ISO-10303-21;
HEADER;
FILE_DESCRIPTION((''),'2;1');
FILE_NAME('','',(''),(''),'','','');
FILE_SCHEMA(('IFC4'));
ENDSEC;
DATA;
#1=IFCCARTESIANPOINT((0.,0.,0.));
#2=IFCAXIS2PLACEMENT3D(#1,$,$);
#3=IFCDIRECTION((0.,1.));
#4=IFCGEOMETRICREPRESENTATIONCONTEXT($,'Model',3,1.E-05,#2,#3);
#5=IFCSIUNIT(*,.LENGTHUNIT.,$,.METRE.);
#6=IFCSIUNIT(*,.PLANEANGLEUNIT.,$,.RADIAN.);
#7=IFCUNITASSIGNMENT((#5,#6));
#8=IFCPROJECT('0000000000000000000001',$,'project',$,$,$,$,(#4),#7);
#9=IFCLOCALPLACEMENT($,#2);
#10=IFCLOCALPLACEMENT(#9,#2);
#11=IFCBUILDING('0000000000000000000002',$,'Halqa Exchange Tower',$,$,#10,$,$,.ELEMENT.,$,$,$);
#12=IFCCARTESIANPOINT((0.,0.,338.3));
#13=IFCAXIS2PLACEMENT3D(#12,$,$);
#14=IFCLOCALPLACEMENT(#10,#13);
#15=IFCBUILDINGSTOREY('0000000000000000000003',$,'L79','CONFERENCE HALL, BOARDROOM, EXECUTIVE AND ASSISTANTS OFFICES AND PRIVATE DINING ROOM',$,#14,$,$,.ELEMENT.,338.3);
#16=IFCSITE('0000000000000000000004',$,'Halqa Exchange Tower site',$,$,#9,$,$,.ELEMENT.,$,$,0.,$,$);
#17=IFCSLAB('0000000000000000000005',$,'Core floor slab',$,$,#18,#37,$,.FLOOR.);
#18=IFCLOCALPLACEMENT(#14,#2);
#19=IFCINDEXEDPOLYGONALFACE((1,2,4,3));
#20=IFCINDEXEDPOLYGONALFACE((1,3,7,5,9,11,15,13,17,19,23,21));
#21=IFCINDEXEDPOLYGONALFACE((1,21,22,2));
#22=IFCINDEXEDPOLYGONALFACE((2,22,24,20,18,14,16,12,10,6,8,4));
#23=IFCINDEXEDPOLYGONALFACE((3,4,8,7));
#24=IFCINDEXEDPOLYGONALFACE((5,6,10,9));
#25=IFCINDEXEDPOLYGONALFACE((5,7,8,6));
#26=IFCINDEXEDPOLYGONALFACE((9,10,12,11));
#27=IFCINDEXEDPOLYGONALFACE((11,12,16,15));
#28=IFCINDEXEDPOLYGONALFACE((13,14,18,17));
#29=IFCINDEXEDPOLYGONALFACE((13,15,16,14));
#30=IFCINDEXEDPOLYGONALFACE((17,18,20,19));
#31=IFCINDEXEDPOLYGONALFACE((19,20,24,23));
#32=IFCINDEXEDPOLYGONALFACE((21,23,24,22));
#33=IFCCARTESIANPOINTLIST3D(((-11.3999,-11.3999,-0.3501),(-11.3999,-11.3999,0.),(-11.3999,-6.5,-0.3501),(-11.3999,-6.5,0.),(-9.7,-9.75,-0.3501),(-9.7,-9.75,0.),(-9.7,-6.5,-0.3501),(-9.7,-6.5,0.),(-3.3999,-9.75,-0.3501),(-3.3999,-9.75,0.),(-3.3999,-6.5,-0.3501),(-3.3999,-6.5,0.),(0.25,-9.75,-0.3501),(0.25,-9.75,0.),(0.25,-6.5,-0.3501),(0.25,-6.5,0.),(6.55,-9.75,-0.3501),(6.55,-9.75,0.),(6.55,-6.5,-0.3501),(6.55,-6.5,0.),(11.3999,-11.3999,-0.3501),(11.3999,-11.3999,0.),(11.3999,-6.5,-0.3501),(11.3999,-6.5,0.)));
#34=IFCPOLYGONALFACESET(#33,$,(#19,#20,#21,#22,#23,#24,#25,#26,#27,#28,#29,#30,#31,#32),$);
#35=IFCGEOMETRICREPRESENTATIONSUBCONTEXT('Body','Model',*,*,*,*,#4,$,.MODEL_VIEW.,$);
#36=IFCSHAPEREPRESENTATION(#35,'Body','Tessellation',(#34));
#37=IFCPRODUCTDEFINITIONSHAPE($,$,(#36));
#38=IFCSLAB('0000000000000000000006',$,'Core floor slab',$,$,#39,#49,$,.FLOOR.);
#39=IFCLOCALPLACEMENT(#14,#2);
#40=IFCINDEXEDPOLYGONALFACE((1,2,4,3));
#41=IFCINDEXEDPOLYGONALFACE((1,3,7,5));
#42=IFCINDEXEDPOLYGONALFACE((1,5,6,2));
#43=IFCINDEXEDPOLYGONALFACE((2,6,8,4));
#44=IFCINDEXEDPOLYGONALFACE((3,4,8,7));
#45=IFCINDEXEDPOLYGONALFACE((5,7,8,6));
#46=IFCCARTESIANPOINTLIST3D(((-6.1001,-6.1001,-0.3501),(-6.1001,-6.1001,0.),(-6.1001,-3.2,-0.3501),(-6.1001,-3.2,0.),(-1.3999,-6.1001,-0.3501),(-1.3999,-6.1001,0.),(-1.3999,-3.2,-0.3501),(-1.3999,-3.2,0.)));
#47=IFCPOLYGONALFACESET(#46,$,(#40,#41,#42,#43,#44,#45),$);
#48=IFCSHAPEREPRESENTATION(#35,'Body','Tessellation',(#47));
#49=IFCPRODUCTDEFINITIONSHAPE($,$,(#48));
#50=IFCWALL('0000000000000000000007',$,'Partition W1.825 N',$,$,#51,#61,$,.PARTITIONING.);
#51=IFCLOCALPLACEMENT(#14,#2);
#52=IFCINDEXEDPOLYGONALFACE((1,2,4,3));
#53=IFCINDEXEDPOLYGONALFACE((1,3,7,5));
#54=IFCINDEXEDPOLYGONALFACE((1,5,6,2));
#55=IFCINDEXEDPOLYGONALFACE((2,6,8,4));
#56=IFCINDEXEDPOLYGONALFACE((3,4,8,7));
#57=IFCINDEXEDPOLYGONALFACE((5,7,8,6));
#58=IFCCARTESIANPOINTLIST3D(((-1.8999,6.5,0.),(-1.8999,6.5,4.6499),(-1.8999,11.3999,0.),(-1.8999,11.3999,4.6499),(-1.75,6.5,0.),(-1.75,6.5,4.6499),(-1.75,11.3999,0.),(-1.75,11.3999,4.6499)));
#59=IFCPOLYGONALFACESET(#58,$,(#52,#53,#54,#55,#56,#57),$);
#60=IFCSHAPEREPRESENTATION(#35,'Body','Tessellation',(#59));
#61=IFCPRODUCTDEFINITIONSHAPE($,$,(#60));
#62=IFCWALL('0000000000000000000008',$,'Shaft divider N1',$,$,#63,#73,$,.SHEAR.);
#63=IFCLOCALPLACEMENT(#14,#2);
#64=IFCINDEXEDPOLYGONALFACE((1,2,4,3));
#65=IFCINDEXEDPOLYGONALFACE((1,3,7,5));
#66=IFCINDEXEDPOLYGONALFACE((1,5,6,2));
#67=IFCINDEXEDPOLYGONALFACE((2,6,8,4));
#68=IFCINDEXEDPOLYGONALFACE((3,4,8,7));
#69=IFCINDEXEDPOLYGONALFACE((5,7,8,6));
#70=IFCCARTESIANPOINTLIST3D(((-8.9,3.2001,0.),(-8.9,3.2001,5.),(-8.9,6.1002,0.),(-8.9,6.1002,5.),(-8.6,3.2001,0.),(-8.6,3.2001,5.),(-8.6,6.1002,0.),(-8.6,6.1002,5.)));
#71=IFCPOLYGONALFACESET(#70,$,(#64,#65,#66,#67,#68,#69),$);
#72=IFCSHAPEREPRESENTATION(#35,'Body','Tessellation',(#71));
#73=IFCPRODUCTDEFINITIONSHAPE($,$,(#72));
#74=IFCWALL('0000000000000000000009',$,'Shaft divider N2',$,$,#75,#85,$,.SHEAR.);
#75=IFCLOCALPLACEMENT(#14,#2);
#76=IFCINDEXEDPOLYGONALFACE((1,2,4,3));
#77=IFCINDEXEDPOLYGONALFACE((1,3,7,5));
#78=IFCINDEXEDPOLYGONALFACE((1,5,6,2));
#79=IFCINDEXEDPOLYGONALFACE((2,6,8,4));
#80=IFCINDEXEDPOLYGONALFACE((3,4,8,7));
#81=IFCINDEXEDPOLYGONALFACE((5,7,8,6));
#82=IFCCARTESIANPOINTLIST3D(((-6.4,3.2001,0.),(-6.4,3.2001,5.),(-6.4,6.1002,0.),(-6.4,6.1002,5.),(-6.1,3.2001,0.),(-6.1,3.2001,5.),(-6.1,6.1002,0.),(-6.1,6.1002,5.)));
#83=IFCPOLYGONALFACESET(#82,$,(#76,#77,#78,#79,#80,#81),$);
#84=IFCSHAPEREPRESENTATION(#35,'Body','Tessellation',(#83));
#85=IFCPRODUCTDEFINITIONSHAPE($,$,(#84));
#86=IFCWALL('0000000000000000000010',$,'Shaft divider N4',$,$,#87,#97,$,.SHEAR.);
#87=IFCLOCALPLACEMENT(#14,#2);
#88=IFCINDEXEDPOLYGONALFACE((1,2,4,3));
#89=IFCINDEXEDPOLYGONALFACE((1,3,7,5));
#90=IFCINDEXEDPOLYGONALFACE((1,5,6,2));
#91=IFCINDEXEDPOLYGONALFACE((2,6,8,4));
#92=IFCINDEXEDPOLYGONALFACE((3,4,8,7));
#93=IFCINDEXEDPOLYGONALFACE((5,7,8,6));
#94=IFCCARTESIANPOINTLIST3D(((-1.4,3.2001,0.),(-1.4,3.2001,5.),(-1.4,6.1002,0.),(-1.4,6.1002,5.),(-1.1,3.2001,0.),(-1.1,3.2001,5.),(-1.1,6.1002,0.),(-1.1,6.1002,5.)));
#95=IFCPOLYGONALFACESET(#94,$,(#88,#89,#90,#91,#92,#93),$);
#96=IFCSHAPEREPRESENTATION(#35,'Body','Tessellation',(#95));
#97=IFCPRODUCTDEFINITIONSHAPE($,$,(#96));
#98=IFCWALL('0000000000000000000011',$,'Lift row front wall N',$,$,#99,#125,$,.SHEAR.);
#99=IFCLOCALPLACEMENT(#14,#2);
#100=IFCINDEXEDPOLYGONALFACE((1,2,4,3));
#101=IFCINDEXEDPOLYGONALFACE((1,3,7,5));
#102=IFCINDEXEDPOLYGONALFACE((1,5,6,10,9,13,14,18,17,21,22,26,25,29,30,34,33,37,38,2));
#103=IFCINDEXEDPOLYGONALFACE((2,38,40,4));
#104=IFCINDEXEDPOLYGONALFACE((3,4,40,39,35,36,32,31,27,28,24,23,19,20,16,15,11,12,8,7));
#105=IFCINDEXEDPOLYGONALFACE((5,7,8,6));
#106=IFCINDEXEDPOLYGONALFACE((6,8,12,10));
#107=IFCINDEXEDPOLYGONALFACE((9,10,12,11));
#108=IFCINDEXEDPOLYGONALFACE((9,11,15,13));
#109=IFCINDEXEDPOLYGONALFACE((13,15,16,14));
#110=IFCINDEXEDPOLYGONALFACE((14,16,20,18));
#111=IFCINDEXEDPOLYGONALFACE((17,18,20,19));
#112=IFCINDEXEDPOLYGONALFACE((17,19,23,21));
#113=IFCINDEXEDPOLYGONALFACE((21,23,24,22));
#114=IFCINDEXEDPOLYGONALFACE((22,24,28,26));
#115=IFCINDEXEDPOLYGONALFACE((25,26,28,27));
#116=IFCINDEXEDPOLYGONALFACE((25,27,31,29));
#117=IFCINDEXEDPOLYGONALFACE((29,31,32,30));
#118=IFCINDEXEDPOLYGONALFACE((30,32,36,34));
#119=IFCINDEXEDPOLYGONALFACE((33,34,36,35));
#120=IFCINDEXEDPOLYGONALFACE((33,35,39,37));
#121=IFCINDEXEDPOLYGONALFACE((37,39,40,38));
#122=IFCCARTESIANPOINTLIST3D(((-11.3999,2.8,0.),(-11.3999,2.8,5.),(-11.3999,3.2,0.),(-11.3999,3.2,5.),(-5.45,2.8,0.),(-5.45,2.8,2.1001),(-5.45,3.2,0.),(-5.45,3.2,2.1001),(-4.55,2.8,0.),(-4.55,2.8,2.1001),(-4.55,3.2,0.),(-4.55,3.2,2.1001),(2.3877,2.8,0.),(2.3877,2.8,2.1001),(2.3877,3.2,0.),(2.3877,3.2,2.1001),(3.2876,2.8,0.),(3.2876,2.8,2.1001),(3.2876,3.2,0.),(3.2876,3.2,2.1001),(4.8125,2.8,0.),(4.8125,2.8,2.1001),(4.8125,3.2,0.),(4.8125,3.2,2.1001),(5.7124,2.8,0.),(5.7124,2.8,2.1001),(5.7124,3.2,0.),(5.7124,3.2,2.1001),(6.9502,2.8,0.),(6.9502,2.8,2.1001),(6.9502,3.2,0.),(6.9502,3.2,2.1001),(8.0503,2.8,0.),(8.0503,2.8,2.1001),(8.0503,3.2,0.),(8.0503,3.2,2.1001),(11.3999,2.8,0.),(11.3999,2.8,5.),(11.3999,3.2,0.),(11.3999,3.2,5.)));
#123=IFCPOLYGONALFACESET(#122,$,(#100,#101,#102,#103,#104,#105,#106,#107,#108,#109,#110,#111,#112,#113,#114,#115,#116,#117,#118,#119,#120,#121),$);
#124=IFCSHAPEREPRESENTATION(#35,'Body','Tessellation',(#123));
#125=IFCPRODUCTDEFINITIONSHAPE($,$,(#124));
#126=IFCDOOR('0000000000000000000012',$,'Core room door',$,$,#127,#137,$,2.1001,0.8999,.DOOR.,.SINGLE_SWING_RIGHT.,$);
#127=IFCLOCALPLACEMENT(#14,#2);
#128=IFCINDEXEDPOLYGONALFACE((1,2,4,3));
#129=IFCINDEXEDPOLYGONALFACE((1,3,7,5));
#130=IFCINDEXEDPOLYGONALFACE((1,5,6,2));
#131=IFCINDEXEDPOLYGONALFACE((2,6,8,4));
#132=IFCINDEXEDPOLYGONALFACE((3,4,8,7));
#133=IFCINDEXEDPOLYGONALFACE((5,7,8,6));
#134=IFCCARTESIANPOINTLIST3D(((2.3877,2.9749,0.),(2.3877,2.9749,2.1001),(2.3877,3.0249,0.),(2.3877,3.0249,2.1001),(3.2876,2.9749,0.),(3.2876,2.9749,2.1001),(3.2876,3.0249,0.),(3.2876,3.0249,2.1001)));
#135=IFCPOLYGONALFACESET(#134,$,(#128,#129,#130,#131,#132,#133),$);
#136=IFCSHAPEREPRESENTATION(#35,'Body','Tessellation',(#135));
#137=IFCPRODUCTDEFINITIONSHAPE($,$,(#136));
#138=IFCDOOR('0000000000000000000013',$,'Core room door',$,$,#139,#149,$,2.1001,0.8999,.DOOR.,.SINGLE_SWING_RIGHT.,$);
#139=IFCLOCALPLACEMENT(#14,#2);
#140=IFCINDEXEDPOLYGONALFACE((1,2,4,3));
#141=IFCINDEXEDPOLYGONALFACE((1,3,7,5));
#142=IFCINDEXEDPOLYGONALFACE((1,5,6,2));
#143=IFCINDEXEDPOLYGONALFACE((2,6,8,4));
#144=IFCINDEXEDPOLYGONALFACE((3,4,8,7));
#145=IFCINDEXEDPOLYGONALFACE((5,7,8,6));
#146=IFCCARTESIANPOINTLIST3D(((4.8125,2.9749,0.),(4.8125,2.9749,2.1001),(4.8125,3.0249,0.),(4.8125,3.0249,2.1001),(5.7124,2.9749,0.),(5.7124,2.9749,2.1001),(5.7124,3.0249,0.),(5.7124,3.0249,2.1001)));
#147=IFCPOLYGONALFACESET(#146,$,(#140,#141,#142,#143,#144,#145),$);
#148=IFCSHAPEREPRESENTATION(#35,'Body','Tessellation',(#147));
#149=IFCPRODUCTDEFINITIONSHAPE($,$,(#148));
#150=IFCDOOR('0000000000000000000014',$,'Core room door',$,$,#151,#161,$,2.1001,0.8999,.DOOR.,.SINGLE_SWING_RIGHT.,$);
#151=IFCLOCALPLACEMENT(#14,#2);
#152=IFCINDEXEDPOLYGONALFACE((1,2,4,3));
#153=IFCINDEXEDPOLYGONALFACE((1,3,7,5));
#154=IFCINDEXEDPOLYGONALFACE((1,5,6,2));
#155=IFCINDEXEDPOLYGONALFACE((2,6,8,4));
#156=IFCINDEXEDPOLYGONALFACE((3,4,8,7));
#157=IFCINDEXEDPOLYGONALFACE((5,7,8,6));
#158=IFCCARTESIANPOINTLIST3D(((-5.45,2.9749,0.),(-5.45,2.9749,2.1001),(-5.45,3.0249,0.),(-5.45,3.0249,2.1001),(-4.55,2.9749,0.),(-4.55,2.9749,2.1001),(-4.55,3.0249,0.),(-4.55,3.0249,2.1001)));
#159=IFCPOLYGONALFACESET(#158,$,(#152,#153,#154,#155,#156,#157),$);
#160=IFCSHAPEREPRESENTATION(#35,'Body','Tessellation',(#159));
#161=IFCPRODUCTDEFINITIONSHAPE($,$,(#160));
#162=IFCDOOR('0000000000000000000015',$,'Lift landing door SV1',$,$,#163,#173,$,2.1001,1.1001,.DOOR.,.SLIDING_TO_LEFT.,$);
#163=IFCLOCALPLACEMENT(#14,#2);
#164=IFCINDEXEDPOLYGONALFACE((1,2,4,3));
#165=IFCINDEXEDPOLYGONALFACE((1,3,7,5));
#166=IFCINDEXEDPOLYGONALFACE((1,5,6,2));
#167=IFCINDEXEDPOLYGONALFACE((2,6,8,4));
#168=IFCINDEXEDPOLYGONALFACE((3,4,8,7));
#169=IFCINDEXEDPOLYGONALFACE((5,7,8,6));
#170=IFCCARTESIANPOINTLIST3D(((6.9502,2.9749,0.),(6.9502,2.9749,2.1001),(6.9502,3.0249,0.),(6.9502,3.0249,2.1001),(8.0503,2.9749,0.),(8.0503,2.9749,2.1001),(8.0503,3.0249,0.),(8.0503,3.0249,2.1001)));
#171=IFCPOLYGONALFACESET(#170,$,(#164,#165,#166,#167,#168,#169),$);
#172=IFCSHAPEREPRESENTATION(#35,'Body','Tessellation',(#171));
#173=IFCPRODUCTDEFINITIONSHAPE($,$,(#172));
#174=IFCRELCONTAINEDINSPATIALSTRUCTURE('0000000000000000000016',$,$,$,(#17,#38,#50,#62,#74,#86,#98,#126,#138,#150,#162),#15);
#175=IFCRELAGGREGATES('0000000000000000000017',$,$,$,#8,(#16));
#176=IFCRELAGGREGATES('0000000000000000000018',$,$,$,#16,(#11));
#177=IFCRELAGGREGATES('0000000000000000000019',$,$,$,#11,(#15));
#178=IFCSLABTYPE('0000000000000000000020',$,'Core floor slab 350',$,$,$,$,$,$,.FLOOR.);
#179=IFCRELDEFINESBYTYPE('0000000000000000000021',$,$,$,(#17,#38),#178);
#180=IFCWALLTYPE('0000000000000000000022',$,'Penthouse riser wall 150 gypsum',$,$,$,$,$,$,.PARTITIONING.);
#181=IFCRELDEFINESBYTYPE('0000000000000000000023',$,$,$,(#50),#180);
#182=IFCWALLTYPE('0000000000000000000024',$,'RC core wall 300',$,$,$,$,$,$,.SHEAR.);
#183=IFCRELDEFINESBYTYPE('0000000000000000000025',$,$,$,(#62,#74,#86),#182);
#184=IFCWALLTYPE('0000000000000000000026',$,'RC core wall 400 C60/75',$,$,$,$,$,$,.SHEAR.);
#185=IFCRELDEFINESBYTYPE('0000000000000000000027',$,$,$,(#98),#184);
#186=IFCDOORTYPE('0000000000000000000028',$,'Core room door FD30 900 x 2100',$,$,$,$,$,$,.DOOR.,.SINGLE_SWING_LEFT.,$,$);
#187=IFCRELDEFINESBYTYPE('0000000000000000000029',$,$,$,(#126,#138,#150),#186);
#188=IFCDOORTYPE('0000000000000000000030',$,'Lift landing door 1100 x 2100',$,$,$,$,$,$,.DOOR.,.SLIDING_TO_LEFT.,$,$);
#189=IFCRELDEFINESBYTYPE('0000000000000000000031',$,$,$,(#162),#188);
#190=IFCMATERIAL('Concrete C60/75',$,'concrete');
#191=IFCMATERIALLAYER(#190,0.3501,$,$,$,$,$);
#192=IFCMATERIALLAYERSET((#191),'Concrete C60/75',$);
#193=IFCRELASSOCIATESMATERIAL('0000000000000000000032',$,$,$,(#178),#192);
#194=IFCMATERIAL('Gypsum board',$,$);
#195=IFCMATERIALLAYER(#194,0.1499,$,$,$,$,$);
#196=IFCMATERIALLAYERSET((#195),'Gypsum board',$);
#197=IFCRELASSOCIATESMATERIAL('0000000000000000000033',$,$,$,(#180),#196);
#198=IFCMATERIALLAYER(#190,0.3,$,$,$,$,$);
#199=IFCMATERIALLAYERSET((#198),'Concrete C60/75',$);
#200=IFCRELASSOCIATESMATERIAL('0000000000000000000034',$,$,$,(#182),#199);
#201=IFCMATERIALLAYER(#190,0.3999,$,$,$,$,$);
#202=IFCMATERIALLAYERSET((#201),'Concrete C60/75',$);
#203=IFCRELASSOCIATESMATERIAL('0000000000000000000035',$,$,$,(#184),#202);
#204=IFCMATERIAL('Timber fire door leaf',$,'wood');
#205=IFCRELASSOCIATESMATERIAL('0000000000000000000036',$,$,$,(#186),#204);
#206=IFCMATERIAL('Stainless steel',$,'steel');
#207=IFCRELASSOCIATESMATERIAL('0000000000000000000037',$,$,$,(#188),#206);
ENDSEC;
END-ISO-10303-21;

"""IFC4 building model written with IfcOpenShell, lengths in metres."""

from ifc_helpers import new_model, si_unit, direction, frame, frame_2d, origin, place, context, subcontext, project, spatial, polyline, rectangle, outline, extrude, material, layer, layer_set, type_object, element, fill, save


model = new_model("IFC4")

# Units and contexts
model_context = context("Model", 3, precision=1e-05, world=origin(), true_north=direction((0.0, 1.0)))
body_context = subcontext(model_context, "Body", "Model", "MODEL_VIEW")
ifc_project = project(units=[si_unit("LENGTHUNIT", "METRE"), si_unit("PLANEANGLEUNIT", "RADIAN")], contexts=[model_context])

# Site, building, storey
site_placement = place(None, origin())
site = spatial("IfcSite", under=ifc_project, at=site_placement, Name="Halqa Exchange Tower site", CompositionType="ELEMENT", RefElevation=0.0)
building_placement = place(site_placement, origin())
building = spatial("IfcBuilding", under=site, at=building_placement, Name="Halqa Exchange Tower", CompositionType="ELEMENT")
storey_placement = place(building_placement, frame((0.0, 0.0, 338.3)))
storey = spatial("IfcBuildingStorey", under=building, at=storey_placement, Name="L79", Description="CONFERENCE HALL, BOARDROOM, EXECUTIVE AND ASSISTANTS OFFICES AND PRIVATE DINING ROOM", CompositionType="ELEMENT", Elevation=338.3)

# Slabs
ifc_material_1 = material(Name="Concrete C60/75", Category="concrete")
ifc_layer_1 = layer(ifc_material_1, 0.3501)
ifc_layer_set_1 = layer_set([ifc_layer_1], Name="Concrete C60/75")
slab_type = type_object("IfcSlabType", Name="Core floor slab 350", PredefinedType="FLOOR", material=ifc_layer_set_1)
slab_1_placement = place(storey_placement, frame((0.0, 0.0, -0.3501)))
element("IfcSlab", 1, at=slab_1_placement, inside=storey, type_object=slab_type, Name="Core floor slab", PredefinedType="FLOOR", context=body_context, shape_type="SweptSolid", body=[
    extrude(outline(polyline([(-11.3999, -6.5), (-9.7, -6.5), (-9.7, -9.75), (-3.3999, -9.75), (-3.3999, -6.5), (0.25, -6.5), (0.25, -9.75), (6.55, -9.75), (6.55, -6.5), (11.3999, -6.5), (11.3999, -11.3999), (-11.3999, -11.3999), (-11.3999, -6.5)])), origin(), (0.0, 0.0, 1.0), 0.3501),
])
slab_2_placement = place(storey_placement, frame((0.0, 0.0, -0.3501)))
element("IfcSlab", 2, at=slab_2_placement, inside=storey, type_object=slab_type, Name="Core floor slab", PredefinedType="FLOOR", context=body_context, shape_type="SweptSolid", body=[
    extrude(outline(polyline([(-1.3999, -3.2), (-1.3999, -6.1001), (-6.1001, -6.1001), (-6.1001, -3.2), (-1.3999, -3.2)])), origin(), (0.0, 0.0, 1.0), 0.3501),
])

# Walls
ifc_material_2 = material(Name="Gypsum board")
ifc_layer_2 = layer(ifc_material_2, 0.1499)
ifc_layer_set_2 = layer_set([ifc_layer_2], Name="Gypsum board")
wall_type_1 = type_object("IfcWallType", Name="Penthouse riser wall 150 gypsum", PredefinedType="PARTITIONING", material=ifc_layer_set_2)
wall_1_placement = place(storey_placement, frame((-1.825, 6.5, 0.0), z_axis=(0.0, 0.0, 1.0), x_axis=(0.0, 1.0, 0.0)))
element("IfcWall", 3, at=wall_1_placement, inside=storey, type_object=wall_type_1, Name="Partition W1.825 N", PredefinedType="PARTITIONING", context=body_context, shape_type="SweptSolid", body=[
    extrude(rectangle(XDim=4.8999, YDim=0.1499, at=frame_2d((2.45, 0.0))), origin(), (0.0, 0.0, 1.0), 4.6499),
])
ifc_layer_3 = layer(ifc_material_1, 0.3)
ifc_layer_set_3 = layer_set([ifc_layer_3], Name="Concrete C60/75")
wall_type_2 = type_object("IfcWallType", Name="RC core wall 300", PredefinedType="SHEAR", material=ifc_layer_set_3)
for number, where, z_axis, x_axis, name in (
    (4, (-8.75, 3.2, 0.0), (0.0, 0.0, 1.0), (0.0, 1.0, 0.0), "Shaft divider N1"),
    (5, (-6.25, 3.2, 0.0), (0.0, 0.0, 1.0), (0.0, 1.0, 0.0), "Shaft divider N2"),
    (6, (-1.25, 3.2, 0.0), (0.0, 0.0, 1.0), (0.0, 1.0, 0.0), "Shaft divider N4"),
):
    element("IfcWall", number, at=place(storey_placement, frame(where, z_axis=z_axis, x_axis=x_axis)), inside=storey, type_object=wall_type_2, Name=name, PredefinedType="SHEAR", context=body_context, shape_type="SweptSolid", body=[
        extrude(rectangle(XDim=2.9001, YDim=0.3, at=frame_2d((1.4502, 0.0))), origin(), (0.0, 0.0, 1.0), 5.0),
    ])

# Wall, openings, doors
ifc_layer_4 = layer(ifc_material_1, 0.3999)
ifc_layer_set_4 = layer_set([ifc_layer_4], Name="Concrete C60/75")
wall_type_3 = type_object("IfcWallType", Name="RC core wall 400 C60/75", PredefinedType="SHEAR", material=ifc_layer_set_4)
wall_2_placement = place(storey_placement, frame((-11.3999, 3.0, 0.0), z_axis=(0.0, 0.0, 1.0), x_axis=(1.0, 0.0, 0.0)))
wall_2 = element("IfcWall", 7, at=wall_2_placement, inside=storey, type_object=wall_type_3, Name="Lift row front wall N", PredefinedType="SHEAR", context=body_context, shape_type="SweptSolid", body=[
    extrude(rectangle(XDim=22.7998, YDim=0.3999, at=frame_2d((11.3999, 0.0))), origin(), (0.0, 0.0, 1.0), 5.0),
])
opening_1_placement = place(wall_2_placement, frame((18.3501, 0.0, 0.0)))
opening_1 = element("IfcOpeningElement", 8, at=opening_1_placement, cuts=wall_2, PredefinedType="OPENING", context=body_context, shape_type="SweptSolid", body=[
    extrude(rectangle(XDim=1.1001, YDim=2.1001, at=frame_2d((0.55, 1.05))), frame((0.0, 0.2119, 0.0), z_axis=(0.0, -1.0, 0.0), x_axis=(1.0, 0.0, 0.0)), (0.0, 0.0, 1.0), 0.4238),
])
opening_2_placement = place(wall_2_placement, frame((13.7876, 0.0, 0.0)))
opening_2 = element("IfcOpeningElement", 9, at=opening_2_placement, cuts=wall_2, PredefinedType="OPENING", context=body_context, shape_type="SweptSolid", body=[
    extrude(rectangle(XDim=0.8999, YDim=2.1001, at=frame_2d((0.45, 1.05))), frame((0.0, 0.2119, 0.0), z_axis=(0.0, -1.0, 0.0), x_axis=(1.0, 0.0, 0.0)), (0.0, 0.0, 1.0), 0.4238),
])
opening_3_placement = place(wall_2_placement, frame((16.2124, 0.0, 0.0)))
opening_3 = element("IfcOpeningElement", 10, at=opening_3_placement, cuts=wall_2, PredefinedType="OPENING", context=body_context, shape_type="SweptSolid", body=[
    extrude(rectangle(XDim=0.8999, YDim=2.1001, at=frame_2d((0.45, 1.05))), frame((0.0, 0.2119, 0.0), z_axis=(0.0, -1.0, 0.0), x_axis=(1.0, 0.0, 0.0)), (0.0, 0.0, 1.0), 0.4238),
])
opening_4_placement = place(wall_2_placement, frame((5.95, 0.0, 0.0)))
opening_4 = element("IfcOpeningElement", 11, at=opening_4_placement, cuts=wall_2, PredefinedType="OPENING", context=body_context, shape_type="SweptSolid", body=[
    extrude(rectangle(XDim=0.8999, YDim=2.1001, at=frame_2d((0.45, 1.05))), frame((0.0, 0.2119, 0.0), z_axis=(0.0, -1.0, 0.0), x_axis=(1.0, 0.0, 0.0)), (0.0, 0.0, 1.0), 0.4238),
])
ifc_material_3 = material(Name="Timber fire door leaf", Category="wood")
door_type_1 = type_object("IfcDoorType", Name="Core room door FD30 900 x 2100", OperationType="SINGLE_SWING_LEFT", PredefinedType="DOOR", material=ifc_material_3)
door_1_placement = place(opening_2_placement, origin())
door_1 = element("IfcDoor", 12, at=door_1_placement, inside=storey, type_object=door_type_1, Name="Core room door", OperationType="SINGLE_SWING_RIGHT", OverallHeight=2.1001, OverallWidth=0.8999, PredefinedType="DOOR", context=body_context, shape_type="SweptSolid", body=[
    extrude(rectangle(XDim=0.8999, YDim=2.1001, at=frame_2d((0.45, 1.05))), frame((0.0, 0.0249, 0.0), z_axis=(0.0, -1.0, 0.0), x_axis=(1.0, 0.0, 0.0)), (0.0, 0.0, 1.0), 0.05),
])
fill(opening_2, door_1)
door_2_placement = place(opening_3_placement, origin())
door_2 = element("IfcDoor", 13, at=door_2_placement, inside=storey, type_object=door_type_1, Name="Core room door", OperationType="SINGLE_SWING_RIGHT", OverallHeight=2.1001, OverallWidth=0.8999, PredefinedType="DOOR", context=body_context, shape_type="SweptSolid", body=[
    extrude(rectangle(XDim=0.8999, YDim=2.1001, at=frame_2d((0.45, 1.05))), frame((0.0, 0.0249, 0.0), z_axis=(0.0, -1.0, 0.0), x_axis=(1.0, 0.0, 0.0)), (0.0, 0.0, 1.0), 0.05),
])
fill(opening_3, door_2)
door_3_placement = place(opening_4_placement, origin())
door_3 = element("IfcDoor", 14, at=door_3_placement, inside=storey, type_object=door_type_1, Name="Core room door", OperationType="SINGLE_SWING_RIGHT", OverallHeight=2.1001, OverallWidth=0.8999, PredefinedType="DOOR", context=body_context, shape_type="SweptSolid", body=[
    extrude(rectangle(XDim=0.8999, YDim=2.1001, at=frame_2d((0.45, 1.05))), frame((0.0, 0.0249, 0.0), z_axis=(0.0, -1.0, 0.0), x_axis=(1.0, 0.0, 0.0)), (0.0, 0.0, 1.0), 0.05),
])
fill(opening_4, door_3)
ifc_material_4 = material(Name="Stainless steel", Category="steel")
door_type_2 = type_object("IfcDoorType", Name="Lift landing door 1100 x 2100", OperationType="SLIDING_TO_LEFT", PredefinedType="DOOR", material=ifc_material_4)
door_4_placement = place(opening_1_placement, origin())
door_4 = element("IfcDoor", 15, at=door_4_placement, inside=storey, type_object=door_type_2, Name="Lift landing door SV1", OperationType="SLIDING_TO_LEFT", OverallHeight=2.1001, OverallWidth=1.1001, PredefinedType="DOOR", context=body_context, shape_type="SweptSolid", body=[
    extrude(rectangle(XDim=1.1001, YDim=2.1001, at=frame_2d((0.55, 1.05))), frame((0.0, 0.0249, 0.0), z_axis=(0.0, -1.0, 0.0), x_axis=(1.0, 0.0, 0.0)), (0.0, 0.0, 1.0), 0.05),
])
fill(opening_1, door_4)

save(model, "model.ifc")
